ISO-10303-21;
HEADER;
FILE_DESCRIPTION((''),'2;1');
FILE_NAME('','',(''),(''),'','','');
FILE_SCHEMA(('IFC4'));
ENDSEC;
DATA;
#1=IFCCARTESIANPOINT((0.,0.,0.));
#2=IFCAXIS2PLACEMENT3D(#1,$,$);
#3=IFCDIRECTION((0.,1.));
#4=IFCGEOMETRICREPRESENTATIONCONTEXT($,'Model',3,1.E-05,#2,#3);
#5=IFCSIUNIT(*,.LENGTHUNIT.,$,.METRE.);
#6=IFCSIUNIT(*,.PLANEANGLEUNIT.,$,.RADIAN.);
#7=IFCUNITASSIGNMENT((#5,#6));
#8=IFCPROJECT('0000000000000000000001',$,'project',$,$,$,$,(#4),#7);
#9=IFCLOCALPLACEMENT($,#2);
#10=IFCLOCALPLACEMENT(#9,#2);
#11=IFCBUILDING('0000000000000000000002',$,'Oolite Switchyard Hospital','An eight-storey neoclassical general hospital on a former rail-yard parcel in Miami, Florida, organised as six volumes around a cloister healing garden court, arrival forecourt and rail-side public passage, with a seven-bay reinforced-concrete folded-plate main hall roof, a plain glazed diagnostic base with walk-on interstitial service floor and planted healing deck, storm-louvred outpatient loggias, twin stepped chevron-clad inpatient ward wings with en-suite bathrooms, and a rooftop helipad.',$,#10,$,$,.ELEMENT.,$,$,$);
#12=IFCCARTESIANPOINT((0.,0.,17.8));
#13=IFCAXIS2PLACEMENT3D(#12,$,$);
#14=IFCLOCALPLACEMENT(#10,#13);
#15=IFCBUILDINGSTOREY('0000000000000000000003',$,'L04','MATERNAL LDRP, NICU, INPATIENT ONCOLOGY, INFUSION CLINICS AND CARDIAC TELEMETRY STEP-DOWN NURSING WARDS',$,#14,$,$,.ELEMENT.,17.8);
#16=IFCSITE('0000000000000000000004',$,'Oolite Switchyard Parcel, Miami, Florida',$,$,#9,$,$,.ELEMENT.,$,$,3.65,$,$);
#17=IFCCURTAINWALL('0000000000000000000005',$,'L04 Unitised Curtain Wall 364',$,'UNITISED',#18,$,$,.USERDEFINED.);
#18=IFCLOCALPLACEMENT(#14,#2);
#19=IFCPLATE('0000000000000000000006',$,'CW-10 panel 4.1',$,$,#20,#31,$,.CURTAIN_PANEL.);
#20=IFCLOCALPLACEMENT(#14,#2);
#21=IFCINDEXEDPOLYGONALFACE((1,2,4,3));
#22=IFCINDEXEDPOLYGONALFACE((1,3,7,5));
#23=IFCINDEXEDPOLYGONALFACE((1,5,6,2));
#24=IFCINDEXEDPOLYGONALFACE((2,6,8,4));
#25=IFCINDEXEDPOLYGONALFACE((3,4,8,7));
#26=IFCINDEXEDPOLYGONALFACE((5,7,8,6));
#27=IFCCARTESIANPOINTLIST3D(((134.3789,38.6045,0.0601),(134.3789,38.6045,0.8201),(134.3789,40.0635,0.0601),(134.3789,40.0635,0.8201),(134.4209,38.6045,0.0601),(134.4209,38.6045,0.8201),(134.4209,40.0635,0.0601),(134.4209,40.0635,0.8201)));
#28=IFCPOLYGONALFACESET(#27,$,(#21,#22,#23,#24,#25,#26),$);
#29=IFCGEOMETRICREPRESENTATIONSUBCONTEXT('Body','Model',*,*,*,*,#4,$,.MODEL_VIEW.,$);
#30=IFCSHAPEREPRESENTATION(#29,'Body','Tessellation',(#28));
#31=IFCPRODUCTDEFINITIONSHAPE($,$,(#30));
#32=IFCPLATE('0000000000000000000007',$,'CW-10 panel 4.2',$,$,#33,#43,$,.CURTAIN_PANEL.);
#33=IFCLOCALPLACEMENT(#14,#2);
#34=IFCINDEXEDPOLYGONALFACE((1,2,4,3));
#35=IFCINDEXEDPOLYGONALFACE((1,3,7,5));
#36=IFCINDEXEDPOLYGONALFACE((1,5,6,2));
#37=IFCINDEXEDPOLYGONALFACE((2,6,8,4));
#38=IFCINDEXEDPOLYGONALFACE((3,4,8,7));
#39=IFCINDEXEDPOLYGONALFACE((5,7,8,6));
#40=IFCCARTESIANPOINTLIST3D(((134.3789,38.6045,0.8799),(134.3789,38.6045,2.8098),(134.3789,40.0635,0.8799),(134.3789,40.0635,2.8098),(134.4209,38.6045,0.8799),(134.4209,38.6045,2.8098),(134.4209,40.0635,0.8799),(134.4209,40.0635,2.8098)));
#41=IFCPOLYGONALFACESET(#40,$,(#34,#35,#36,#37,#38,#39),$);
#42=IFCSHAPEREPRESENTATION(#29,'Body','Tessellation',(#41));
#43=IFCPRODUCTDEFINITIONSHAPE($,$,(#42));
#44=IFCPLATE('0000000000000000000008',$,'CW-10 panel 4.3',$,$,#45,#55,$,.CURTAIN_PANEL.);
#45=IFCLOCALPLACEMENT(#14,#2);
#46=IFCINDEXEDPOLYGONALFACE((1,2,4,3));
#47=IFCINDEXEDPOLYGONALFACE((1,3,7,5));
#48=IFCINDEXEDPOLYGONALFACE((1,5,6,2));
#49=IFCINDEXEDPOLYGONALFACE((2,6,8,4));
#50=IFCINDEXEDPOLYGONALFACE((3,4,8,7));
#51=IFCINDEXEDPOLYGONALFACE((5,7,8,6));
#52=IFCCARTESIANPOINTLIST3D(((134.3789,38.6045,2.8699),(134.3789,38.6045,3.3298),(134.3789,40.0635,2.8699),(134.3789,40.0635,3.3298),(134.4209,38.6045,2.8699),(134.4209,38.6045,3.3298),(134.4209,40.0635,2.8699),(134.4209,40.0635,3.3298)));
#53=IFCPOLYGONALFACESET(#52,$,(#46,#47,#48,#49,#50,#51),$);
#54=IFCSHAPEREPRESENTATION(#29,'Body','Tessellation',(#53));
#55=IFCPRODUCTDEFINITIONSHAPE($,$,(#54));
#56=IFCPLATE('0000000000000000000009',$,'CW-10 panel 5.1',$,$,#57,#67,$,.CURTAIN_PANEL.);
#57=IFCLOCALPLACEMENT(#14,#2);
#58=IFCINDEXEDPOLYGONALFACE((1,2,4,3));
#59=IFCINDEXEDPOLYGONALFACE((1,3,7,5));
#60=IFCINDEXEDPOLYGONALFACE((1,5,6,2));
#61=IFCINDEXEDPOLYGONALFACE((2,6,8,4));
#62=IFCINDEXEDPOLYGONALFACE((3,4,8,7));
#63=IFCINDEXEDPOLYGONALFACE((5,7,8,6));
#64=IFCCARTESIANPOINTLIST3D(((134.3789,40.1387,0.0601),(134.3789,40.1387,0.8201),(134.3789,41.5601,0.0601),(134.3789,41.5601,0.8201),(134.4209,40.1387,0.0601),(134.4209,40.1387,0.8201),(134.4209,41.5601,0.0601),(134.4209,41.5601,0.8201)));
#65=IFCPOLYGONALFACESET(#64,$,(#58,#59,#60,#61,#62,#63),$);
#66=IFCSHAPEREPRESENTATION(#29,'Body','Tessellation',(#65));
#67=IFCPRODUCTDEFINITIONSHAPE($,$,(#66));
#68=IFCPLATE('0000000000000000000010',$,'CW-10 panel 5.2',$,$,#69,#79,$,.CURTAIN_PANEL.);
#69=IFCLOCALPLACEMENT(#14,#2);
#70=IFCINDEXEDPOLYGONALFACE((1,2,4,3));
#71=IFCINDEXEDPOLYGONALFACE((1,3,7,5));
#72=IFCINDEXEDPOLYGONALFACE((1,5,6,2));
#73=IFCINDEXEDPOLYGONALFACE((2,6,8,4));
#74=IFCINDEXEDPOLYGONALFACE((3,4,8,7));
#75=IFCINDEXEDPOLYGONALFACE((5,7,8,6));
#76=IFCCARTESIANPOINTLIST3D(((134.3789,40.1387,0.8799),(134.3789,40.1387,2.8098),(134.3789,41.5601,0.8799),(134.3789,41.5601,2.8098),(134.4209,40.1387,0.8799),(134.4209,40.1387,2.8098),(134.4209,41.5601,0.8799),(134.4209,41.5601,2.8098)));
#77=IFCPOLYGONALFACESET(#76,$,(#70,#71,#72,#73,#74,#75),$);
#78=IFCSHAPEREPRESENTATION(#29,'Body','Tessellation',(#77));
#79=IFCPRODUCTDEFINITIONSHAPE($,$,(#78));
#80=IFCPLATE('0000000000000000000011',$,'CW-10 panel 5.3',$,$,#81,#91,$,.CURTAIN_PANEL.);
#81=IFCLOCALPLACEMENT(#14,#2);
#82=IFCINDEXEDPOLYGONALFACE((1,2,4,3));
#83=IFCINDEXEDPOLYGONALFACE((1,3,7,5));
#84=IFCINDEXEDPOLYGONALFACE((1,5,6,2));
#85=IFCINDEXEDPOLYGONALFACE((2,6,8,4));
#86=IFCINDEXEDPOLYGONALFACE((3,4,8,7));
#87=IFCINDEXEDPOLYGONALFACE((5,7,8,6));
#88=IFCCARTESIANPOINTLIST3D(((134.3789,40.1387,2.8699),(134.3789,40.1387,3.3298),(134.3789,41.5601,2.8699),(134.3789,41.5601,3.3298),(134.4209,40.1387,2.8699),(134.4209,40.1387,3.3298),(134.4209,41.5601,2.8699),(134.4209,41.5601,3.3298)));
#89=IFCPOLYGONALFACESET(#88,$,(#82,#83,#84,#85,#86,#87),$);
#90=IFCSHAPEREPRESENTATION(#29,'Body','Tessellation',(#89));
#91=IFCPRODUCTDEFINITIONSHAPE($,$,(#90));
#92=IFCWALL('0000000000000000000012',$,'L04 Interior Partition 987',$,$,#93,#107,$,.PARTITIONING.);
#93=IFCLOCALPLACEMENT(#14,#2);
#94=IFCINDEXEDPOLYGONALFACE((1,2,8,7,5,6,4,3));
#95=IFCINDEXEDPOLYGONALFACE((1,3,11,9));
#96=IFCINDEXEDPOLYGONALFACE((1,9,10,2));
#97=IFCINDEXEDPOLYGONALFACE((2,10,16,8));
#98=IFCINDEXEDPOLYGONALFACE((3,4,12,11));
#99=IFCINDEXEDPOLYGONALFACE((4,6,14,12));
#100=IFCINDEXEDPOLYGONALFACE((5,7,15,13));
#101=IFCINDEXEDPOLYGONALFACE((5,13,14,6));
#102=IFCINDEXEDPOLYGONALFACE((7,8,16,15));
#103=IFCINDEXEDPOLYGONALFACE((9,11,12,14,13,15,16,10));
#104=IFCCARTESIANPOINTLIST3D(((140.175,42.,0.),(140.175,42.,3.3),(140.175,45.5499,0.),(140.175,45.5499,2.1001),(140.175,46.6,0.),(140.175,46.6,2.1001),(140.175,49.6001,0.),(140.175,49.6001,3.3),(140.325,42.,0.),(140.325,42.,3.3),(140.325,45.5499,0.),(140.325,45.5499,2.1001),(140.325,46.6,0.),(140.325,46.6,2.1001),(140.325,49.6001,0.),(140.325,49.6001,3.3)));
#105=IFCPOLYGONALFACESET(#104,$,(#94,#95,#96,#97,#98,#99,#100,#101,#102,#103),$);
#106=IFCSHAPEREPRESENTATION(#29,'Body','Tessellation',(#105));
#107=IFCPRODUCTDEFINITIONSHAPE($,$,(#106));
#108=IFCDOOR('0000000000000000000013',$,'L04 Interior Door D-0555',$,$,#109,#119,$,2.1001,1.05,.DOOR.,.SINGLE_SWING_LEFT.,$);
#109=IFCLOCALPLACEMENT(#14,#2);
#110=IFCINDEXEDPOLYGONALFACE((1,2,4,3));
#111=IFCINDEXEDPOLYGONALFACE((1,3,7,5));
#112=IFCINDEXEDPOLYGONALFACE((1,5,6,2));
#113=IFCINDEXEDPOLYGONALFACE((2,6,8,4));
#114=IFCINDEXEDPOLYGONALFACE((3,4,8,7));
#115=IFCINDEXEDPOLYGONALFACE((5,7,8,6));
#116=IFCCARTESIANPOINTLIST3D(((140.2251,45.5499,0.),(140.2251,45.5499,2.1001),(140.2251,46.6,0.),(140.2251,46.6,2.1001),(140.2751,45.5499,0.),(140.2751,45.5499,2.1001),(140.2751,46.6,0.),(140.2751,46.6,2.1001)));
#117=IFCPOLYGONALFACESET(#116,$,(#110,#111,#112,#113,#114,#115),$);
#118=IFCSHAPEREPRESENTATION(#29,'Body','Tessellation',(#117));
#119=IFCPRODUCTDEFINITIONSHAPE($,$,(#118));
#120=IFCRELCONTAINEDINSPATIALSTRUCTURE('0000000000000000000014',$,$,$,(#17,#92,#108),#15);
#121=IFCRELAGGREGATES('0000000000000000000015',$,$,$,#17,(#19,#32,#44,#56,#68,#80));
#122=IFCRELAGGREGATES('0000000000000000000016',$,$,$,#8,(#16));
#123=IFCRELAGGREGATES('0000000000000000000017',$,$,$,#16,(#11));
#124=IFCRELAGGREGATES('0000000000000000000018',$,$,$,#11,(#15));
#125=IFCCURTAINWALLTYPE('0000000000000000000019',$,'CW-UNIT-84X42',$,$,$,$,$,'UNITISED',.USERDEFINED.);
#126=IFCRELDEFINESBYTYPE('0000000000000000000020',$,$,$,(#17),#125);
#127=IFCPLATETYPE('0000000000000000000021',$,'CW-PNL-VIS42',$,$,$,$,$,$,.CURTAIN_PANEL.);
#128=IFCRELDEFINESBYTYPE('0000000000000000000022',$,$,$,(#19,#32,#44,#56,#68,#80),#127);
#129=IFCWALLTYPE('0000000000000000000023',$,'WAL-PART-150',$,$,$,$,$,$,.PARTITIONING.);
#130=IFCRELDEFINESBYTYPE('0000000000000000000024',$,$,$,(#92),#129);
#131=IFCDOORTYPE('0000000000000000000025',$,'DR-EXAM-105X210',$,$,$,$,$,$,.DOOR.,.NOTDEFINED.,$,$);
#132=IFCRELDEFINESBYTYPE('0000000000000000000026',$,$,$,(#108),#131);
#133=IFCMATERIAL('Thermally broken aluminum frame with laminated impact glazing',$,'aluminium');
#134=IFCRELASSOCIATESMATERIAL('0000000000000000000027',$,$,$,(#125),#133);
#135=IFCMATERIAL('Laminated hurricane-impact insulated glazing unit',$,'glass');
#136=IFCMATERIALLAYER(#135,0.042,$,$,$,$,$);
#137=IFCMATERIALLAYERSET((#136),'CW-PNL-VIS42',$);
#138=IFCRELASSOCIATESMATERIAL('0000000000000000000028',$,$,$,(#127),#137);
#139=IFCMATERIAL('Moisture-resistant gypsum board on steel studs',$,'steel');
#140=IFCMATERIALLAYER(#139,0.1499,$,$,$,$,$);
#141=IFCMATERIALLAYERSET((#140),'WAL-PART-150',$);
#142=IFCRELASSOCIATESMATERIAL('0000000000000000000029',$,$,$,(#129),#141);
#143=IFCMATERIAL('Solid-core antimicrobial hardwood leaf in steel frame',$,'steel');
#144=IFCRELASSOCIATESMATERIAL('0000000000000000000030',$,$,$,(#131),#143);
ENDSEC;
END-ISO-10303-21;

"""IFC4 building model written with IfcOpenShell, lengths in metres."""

from ifc_helpers import new_model, si_unit, direction, frame, frame_2d, origin, origin_2d, place, context, subcontext, project, spatial, rectangle, extrude, material, layer, layer_set, type_object, element, fill, aggregate, save


model = new_model("IFC4")

# Units and contexts
model_context = context("Model", 3, precision=1e-05, world=origin(), true_north=direction((0.0, 1.0)))
body_context = subcontext(model_context, "Body", "Model", "MODEL_VIEW")
ifc_project = project(units=[si_unit("LENGTHUNIT", "METRE"), si_unit("PLANEANGLEUNIT", "RADIAN")], contexts=[model_context])

# Site, building, storey
site_placement = place(None, origin())
site = spatial("IfcSite", under=ifc_project, at=site_placement, Name="Oolite Switchyard Parcel, Miami, Florida", CompositionType="ELEMENT", RefElevation=3.65)
building_placement = place(site_placement, origin())
building = spatial("IfcBuilding", under=site, at=building_placement, Name="Oolite Switchyard Hospital", Description="An eight-storey neoclassical general hospital on a former rail-yard parcel in Miami, Florida, organised as six volumes around a cloister healing garden court, arrival forecourt and rail-side public passage, with a seven-bay reinforced-concrete folded-plate main hall roof, a plain glazed diagnostic base with walk-on interstitial service floor and planted healing deck, storm-louvred outpatient loggias, twin stepped chevron-clad inpatient ward wings with en-suite bathrooms, and a rooftop helipad.", CompositionType="ELEMENT")
storey_placement = place(building_placement, frame((0.0, 0.0, 17.8)))
storey = spatial("IfcBuildingStorey", under=building, at=storey_placement, Name="L04", Description="MATERNAL LDRP, NICU, INPATIENT ONCOLOGY, INFUSION CLINICS AND CARDIAC TELEMETRY STEP-DOWN NURSING WARDS", CompositionType="ELEMENT", Elevation=17.8)

# Shared definitions
ifc_material_1 = material(Name="Thermally broken aluminum frame with laminated impact glazing", Category="aluminium")
curtain_wall_type = type_object("IfcCurtainWallType", Name="CW-UNIT-84X42", ElementType="UNITISED", PredefinedType="USERDEFINED", material=ifc_material_1)

# Curtain wall
curtain_wall_1_placement = place(storey_placement, origin())
curtain_wall_1 = element("IfcCurtainWall", 1, at=curtain_wall_1_placement, inside=storey, type_object=curtain_wall_type, Name="L04 Unitised Curtain Wall 364", ObjectType="UNITISED", PredefinedType="USERDEFINED")

# Plates
ifc_material_2 = material(Name="Laminated hurricane-impact insulated glazing unit", Category="glass")
ifc_layer_1 = layer(ifc_material_2, 0.042)
ifc_layer_set_1 = layer_set([ifc_layer_1], Name="CW-PNL-VIS42")
plate_type = type_object("IfcPlateType", Name="CW-PNL-VIS42", PredefinedType="CURTAIN_PANEL", material=ifc_layer_set_1)
plate_1_placement = place(storey_placement, frame((134.3999, 39.334, 0.0601), z_axis=(0.0, 0.0, 1.0), x_axis=(0.0, 1.0, 0.0)))
plate_1 = element("IfcPlate", 2, at=plate_1_placement, type_object=plate_type, Name="CW-10 panel 4.1", PredefinedType="CURTAIN_PANEL", context=body_context, shape_type="SweptSolid", body=[
    extrude(rectangle(XDim=1.459, YDim=0.042, at=origin_2d()), origin(), (0.0, 0.0, 1.0), 0.76),
])
plate_2_placement = place(storey_placement, frame((134.3999, 39.334, 0.8799), z_axis=(0.0, 0.0, 1.0), x_axis=(0.0, 1.0, 0.0)))
plate_2 = element("IfcPlate", 3, at=plate_2_placement, type_object=plate_type, Name="CW-10 panel 4.2", PredefinedType="CURTAIN_PANEL", context=body_context, shape_type="SweptSolid", body=[
    extrude(rectangle(XDim=1.459, YDim=0.042, at=origin_2d()), origin(), (0.0, 0.0, 1.0), 1.9299),
])
plate_3_placement = place(storey_placement, frame((134.3999, 39.334, 2.8699), z_axis=(0.0, 0.0, 1.0), x_axis=(0.0, 1.0, 0.0)))
plate_3 = element("IfcPlate", 4, at=plate_3_placement, type_object=plate_type, Name="CW-10 panel 4.3", PredefinedType="CURTAIN_PANEL", context=body_context, shape_type="SweptSolid", body=[
    extrude(rectangle(XDim=1.459, YDim=0.042, at=origin_2d()), origin(), (0.0, 0.0, 1.0), 0.46),
])
plate_4_placement = place(storey_placement, frame((134.3999, 40.8494, 0.0601), z_axis=(0.0, 0.0, 1.0), x_axis=(0.0, 1.0, 0.0)))
plate_4 = element("IfcPlate", 5, at=plate_4_placement, type_object=plate_type, Name="CW-10 panel 5.1", PredefinedType="CURTAIN_PANEL", context=body_context, shape_type="SweptSolid", body=[
    extrude(rectangle(XDim=1.4214, YDim=0.042, at=origin_2d()), origin(), (0.0, 0.0, 1.0), 0.76),
])
plate_5_placement = place(storey_placement, frame((134.3999, 40.8494, 0.8799), z_axis=(0.0, 0.0, 1.0), x_axis=(0.0, 1.0, 0.0)))
plate_5 = element("IfcPlate", 6, at=plate_5_placement, type_object=plate_type, Name="CW-10 panel 5.2", PredefinedType="CURTAIN_PANEL", context=body_context, shape_type="SweptSolid", body=[
    extrude(rectangle(XDim=1.4214, YDim=0.042, at=origin_2d()), origin(), (0.0, 0.0, 1.0), 1.9299),
])
plate_6_placement = place(storey_placement, frame((134.3999, 40.8494, 2.8699), z_axis=(0.0, 0.0, 1.0), x_axis=(0.0, 1.0, 0.0)))
plate_6 = element("IfcPlate", 7, at=plate_6_placement, type_object=plate_type, Name="CW-10 panel 5.3", PredefinedType="CURTAIN_PANEL", context=body_context, shape_type="SweptSolid", body=[
    extrude(rectangle(XDim=1.4214, YDim=0.042, at=origin_2d()), origin(), (0.0, 0.0, 1.0), 0.46),
])
aggregate(curtain_wall_1, [plate_1, plate_2, plate_3, plate_4, plate_5, plate_6])

# Wall, opening, door
ifc_material_3 = material(Name="Moisture-resistant gypsum board on steel studs", Category="steel")
ifc_layer_2 = layer(ifc_material_3, 0.1499)
ifc_layer_set_2 = layer_set([ifc_layer_2], Name="WAL-PART-150")
wall_type = type_object("IfcWallType", Name="WAL-PART-150", PredefinedType="PARTITIONING", material=ifc_layer_set_2)
wall_placement = place(storey_placement, frame((140.25, 42.0, 0.0), z_axis=(0.0, 0.0, 1.0), x_axis=(0.0, 1.0, 0.0)))
wall = element("IfcWall", 8, at=wall_placement, inside=storey, type_object=wall_type, Name="L04 Interior Partition 987", PredefinedType="PARTITIONING", context=body_context, shape_type="SweptSolid", body=[
    extrude(rectangle(XDim=7.6001, YDim=0.1499, at=frame_2d((3.8, 0.0))), origin(), (0.0, 0.0, 1.0), 3.3),
])
opening_placement = place(wall_placement, frame((3.55, 0.0, 0.0)))
opening = element("IfcOpeningElement", 9, at=opening_placement, cuts=wall, PredefinedType="OPENING", context=body_context, shape_type="SweptSolid", body=[
    extrude(rectangle(XDim=1.05, YDim=2.1001, at=frame_2d((0.5249, 1.05))), frame((0.0, 0.085, 0.0), z_axis=(0.0, -1.0, 0.0), x_axis=(1.0, 0.0, 0.0)), (0.0, 0.0, 1.0), 0.1699),
])
ifc_material_4 = material(Name="Solid-core antimicrobial hardwood leaf in steel frame", Category="steel")
door_type = type_object("IfcDoorType", Name="DR-EXAM-105X210", OperationType="NOTDEFINED", PredefinedType="DOOR", material=ifc_material_4)
door_placement = place(opening_placement, origin())
door = element("IfcDoor", 10, at=door_placement, inside=storey, type_object=door_type, Name="L04 Interior Door D-0555", OperationType="SINGLE_SWING_LEFT", OverallHeight=2.1001, OverallWidth=1.05, PredefinedType="DOOR", context=body_context, shape_type="SweptSolid", body=[
    extrude(rectangle(XDim=1.05, YDim=2.1001, at=frame_2d((0.5249, 1.05))), frame((0.0, 0.0249, 0.0), z_axis=(0.0, -1.0, 0.0), x_axis=(1.0, 0.0, 0.0)), (0.0, 0.0, 1.0), 0.05),
])
fill(opening, door)

save(model, "model.ifc")
